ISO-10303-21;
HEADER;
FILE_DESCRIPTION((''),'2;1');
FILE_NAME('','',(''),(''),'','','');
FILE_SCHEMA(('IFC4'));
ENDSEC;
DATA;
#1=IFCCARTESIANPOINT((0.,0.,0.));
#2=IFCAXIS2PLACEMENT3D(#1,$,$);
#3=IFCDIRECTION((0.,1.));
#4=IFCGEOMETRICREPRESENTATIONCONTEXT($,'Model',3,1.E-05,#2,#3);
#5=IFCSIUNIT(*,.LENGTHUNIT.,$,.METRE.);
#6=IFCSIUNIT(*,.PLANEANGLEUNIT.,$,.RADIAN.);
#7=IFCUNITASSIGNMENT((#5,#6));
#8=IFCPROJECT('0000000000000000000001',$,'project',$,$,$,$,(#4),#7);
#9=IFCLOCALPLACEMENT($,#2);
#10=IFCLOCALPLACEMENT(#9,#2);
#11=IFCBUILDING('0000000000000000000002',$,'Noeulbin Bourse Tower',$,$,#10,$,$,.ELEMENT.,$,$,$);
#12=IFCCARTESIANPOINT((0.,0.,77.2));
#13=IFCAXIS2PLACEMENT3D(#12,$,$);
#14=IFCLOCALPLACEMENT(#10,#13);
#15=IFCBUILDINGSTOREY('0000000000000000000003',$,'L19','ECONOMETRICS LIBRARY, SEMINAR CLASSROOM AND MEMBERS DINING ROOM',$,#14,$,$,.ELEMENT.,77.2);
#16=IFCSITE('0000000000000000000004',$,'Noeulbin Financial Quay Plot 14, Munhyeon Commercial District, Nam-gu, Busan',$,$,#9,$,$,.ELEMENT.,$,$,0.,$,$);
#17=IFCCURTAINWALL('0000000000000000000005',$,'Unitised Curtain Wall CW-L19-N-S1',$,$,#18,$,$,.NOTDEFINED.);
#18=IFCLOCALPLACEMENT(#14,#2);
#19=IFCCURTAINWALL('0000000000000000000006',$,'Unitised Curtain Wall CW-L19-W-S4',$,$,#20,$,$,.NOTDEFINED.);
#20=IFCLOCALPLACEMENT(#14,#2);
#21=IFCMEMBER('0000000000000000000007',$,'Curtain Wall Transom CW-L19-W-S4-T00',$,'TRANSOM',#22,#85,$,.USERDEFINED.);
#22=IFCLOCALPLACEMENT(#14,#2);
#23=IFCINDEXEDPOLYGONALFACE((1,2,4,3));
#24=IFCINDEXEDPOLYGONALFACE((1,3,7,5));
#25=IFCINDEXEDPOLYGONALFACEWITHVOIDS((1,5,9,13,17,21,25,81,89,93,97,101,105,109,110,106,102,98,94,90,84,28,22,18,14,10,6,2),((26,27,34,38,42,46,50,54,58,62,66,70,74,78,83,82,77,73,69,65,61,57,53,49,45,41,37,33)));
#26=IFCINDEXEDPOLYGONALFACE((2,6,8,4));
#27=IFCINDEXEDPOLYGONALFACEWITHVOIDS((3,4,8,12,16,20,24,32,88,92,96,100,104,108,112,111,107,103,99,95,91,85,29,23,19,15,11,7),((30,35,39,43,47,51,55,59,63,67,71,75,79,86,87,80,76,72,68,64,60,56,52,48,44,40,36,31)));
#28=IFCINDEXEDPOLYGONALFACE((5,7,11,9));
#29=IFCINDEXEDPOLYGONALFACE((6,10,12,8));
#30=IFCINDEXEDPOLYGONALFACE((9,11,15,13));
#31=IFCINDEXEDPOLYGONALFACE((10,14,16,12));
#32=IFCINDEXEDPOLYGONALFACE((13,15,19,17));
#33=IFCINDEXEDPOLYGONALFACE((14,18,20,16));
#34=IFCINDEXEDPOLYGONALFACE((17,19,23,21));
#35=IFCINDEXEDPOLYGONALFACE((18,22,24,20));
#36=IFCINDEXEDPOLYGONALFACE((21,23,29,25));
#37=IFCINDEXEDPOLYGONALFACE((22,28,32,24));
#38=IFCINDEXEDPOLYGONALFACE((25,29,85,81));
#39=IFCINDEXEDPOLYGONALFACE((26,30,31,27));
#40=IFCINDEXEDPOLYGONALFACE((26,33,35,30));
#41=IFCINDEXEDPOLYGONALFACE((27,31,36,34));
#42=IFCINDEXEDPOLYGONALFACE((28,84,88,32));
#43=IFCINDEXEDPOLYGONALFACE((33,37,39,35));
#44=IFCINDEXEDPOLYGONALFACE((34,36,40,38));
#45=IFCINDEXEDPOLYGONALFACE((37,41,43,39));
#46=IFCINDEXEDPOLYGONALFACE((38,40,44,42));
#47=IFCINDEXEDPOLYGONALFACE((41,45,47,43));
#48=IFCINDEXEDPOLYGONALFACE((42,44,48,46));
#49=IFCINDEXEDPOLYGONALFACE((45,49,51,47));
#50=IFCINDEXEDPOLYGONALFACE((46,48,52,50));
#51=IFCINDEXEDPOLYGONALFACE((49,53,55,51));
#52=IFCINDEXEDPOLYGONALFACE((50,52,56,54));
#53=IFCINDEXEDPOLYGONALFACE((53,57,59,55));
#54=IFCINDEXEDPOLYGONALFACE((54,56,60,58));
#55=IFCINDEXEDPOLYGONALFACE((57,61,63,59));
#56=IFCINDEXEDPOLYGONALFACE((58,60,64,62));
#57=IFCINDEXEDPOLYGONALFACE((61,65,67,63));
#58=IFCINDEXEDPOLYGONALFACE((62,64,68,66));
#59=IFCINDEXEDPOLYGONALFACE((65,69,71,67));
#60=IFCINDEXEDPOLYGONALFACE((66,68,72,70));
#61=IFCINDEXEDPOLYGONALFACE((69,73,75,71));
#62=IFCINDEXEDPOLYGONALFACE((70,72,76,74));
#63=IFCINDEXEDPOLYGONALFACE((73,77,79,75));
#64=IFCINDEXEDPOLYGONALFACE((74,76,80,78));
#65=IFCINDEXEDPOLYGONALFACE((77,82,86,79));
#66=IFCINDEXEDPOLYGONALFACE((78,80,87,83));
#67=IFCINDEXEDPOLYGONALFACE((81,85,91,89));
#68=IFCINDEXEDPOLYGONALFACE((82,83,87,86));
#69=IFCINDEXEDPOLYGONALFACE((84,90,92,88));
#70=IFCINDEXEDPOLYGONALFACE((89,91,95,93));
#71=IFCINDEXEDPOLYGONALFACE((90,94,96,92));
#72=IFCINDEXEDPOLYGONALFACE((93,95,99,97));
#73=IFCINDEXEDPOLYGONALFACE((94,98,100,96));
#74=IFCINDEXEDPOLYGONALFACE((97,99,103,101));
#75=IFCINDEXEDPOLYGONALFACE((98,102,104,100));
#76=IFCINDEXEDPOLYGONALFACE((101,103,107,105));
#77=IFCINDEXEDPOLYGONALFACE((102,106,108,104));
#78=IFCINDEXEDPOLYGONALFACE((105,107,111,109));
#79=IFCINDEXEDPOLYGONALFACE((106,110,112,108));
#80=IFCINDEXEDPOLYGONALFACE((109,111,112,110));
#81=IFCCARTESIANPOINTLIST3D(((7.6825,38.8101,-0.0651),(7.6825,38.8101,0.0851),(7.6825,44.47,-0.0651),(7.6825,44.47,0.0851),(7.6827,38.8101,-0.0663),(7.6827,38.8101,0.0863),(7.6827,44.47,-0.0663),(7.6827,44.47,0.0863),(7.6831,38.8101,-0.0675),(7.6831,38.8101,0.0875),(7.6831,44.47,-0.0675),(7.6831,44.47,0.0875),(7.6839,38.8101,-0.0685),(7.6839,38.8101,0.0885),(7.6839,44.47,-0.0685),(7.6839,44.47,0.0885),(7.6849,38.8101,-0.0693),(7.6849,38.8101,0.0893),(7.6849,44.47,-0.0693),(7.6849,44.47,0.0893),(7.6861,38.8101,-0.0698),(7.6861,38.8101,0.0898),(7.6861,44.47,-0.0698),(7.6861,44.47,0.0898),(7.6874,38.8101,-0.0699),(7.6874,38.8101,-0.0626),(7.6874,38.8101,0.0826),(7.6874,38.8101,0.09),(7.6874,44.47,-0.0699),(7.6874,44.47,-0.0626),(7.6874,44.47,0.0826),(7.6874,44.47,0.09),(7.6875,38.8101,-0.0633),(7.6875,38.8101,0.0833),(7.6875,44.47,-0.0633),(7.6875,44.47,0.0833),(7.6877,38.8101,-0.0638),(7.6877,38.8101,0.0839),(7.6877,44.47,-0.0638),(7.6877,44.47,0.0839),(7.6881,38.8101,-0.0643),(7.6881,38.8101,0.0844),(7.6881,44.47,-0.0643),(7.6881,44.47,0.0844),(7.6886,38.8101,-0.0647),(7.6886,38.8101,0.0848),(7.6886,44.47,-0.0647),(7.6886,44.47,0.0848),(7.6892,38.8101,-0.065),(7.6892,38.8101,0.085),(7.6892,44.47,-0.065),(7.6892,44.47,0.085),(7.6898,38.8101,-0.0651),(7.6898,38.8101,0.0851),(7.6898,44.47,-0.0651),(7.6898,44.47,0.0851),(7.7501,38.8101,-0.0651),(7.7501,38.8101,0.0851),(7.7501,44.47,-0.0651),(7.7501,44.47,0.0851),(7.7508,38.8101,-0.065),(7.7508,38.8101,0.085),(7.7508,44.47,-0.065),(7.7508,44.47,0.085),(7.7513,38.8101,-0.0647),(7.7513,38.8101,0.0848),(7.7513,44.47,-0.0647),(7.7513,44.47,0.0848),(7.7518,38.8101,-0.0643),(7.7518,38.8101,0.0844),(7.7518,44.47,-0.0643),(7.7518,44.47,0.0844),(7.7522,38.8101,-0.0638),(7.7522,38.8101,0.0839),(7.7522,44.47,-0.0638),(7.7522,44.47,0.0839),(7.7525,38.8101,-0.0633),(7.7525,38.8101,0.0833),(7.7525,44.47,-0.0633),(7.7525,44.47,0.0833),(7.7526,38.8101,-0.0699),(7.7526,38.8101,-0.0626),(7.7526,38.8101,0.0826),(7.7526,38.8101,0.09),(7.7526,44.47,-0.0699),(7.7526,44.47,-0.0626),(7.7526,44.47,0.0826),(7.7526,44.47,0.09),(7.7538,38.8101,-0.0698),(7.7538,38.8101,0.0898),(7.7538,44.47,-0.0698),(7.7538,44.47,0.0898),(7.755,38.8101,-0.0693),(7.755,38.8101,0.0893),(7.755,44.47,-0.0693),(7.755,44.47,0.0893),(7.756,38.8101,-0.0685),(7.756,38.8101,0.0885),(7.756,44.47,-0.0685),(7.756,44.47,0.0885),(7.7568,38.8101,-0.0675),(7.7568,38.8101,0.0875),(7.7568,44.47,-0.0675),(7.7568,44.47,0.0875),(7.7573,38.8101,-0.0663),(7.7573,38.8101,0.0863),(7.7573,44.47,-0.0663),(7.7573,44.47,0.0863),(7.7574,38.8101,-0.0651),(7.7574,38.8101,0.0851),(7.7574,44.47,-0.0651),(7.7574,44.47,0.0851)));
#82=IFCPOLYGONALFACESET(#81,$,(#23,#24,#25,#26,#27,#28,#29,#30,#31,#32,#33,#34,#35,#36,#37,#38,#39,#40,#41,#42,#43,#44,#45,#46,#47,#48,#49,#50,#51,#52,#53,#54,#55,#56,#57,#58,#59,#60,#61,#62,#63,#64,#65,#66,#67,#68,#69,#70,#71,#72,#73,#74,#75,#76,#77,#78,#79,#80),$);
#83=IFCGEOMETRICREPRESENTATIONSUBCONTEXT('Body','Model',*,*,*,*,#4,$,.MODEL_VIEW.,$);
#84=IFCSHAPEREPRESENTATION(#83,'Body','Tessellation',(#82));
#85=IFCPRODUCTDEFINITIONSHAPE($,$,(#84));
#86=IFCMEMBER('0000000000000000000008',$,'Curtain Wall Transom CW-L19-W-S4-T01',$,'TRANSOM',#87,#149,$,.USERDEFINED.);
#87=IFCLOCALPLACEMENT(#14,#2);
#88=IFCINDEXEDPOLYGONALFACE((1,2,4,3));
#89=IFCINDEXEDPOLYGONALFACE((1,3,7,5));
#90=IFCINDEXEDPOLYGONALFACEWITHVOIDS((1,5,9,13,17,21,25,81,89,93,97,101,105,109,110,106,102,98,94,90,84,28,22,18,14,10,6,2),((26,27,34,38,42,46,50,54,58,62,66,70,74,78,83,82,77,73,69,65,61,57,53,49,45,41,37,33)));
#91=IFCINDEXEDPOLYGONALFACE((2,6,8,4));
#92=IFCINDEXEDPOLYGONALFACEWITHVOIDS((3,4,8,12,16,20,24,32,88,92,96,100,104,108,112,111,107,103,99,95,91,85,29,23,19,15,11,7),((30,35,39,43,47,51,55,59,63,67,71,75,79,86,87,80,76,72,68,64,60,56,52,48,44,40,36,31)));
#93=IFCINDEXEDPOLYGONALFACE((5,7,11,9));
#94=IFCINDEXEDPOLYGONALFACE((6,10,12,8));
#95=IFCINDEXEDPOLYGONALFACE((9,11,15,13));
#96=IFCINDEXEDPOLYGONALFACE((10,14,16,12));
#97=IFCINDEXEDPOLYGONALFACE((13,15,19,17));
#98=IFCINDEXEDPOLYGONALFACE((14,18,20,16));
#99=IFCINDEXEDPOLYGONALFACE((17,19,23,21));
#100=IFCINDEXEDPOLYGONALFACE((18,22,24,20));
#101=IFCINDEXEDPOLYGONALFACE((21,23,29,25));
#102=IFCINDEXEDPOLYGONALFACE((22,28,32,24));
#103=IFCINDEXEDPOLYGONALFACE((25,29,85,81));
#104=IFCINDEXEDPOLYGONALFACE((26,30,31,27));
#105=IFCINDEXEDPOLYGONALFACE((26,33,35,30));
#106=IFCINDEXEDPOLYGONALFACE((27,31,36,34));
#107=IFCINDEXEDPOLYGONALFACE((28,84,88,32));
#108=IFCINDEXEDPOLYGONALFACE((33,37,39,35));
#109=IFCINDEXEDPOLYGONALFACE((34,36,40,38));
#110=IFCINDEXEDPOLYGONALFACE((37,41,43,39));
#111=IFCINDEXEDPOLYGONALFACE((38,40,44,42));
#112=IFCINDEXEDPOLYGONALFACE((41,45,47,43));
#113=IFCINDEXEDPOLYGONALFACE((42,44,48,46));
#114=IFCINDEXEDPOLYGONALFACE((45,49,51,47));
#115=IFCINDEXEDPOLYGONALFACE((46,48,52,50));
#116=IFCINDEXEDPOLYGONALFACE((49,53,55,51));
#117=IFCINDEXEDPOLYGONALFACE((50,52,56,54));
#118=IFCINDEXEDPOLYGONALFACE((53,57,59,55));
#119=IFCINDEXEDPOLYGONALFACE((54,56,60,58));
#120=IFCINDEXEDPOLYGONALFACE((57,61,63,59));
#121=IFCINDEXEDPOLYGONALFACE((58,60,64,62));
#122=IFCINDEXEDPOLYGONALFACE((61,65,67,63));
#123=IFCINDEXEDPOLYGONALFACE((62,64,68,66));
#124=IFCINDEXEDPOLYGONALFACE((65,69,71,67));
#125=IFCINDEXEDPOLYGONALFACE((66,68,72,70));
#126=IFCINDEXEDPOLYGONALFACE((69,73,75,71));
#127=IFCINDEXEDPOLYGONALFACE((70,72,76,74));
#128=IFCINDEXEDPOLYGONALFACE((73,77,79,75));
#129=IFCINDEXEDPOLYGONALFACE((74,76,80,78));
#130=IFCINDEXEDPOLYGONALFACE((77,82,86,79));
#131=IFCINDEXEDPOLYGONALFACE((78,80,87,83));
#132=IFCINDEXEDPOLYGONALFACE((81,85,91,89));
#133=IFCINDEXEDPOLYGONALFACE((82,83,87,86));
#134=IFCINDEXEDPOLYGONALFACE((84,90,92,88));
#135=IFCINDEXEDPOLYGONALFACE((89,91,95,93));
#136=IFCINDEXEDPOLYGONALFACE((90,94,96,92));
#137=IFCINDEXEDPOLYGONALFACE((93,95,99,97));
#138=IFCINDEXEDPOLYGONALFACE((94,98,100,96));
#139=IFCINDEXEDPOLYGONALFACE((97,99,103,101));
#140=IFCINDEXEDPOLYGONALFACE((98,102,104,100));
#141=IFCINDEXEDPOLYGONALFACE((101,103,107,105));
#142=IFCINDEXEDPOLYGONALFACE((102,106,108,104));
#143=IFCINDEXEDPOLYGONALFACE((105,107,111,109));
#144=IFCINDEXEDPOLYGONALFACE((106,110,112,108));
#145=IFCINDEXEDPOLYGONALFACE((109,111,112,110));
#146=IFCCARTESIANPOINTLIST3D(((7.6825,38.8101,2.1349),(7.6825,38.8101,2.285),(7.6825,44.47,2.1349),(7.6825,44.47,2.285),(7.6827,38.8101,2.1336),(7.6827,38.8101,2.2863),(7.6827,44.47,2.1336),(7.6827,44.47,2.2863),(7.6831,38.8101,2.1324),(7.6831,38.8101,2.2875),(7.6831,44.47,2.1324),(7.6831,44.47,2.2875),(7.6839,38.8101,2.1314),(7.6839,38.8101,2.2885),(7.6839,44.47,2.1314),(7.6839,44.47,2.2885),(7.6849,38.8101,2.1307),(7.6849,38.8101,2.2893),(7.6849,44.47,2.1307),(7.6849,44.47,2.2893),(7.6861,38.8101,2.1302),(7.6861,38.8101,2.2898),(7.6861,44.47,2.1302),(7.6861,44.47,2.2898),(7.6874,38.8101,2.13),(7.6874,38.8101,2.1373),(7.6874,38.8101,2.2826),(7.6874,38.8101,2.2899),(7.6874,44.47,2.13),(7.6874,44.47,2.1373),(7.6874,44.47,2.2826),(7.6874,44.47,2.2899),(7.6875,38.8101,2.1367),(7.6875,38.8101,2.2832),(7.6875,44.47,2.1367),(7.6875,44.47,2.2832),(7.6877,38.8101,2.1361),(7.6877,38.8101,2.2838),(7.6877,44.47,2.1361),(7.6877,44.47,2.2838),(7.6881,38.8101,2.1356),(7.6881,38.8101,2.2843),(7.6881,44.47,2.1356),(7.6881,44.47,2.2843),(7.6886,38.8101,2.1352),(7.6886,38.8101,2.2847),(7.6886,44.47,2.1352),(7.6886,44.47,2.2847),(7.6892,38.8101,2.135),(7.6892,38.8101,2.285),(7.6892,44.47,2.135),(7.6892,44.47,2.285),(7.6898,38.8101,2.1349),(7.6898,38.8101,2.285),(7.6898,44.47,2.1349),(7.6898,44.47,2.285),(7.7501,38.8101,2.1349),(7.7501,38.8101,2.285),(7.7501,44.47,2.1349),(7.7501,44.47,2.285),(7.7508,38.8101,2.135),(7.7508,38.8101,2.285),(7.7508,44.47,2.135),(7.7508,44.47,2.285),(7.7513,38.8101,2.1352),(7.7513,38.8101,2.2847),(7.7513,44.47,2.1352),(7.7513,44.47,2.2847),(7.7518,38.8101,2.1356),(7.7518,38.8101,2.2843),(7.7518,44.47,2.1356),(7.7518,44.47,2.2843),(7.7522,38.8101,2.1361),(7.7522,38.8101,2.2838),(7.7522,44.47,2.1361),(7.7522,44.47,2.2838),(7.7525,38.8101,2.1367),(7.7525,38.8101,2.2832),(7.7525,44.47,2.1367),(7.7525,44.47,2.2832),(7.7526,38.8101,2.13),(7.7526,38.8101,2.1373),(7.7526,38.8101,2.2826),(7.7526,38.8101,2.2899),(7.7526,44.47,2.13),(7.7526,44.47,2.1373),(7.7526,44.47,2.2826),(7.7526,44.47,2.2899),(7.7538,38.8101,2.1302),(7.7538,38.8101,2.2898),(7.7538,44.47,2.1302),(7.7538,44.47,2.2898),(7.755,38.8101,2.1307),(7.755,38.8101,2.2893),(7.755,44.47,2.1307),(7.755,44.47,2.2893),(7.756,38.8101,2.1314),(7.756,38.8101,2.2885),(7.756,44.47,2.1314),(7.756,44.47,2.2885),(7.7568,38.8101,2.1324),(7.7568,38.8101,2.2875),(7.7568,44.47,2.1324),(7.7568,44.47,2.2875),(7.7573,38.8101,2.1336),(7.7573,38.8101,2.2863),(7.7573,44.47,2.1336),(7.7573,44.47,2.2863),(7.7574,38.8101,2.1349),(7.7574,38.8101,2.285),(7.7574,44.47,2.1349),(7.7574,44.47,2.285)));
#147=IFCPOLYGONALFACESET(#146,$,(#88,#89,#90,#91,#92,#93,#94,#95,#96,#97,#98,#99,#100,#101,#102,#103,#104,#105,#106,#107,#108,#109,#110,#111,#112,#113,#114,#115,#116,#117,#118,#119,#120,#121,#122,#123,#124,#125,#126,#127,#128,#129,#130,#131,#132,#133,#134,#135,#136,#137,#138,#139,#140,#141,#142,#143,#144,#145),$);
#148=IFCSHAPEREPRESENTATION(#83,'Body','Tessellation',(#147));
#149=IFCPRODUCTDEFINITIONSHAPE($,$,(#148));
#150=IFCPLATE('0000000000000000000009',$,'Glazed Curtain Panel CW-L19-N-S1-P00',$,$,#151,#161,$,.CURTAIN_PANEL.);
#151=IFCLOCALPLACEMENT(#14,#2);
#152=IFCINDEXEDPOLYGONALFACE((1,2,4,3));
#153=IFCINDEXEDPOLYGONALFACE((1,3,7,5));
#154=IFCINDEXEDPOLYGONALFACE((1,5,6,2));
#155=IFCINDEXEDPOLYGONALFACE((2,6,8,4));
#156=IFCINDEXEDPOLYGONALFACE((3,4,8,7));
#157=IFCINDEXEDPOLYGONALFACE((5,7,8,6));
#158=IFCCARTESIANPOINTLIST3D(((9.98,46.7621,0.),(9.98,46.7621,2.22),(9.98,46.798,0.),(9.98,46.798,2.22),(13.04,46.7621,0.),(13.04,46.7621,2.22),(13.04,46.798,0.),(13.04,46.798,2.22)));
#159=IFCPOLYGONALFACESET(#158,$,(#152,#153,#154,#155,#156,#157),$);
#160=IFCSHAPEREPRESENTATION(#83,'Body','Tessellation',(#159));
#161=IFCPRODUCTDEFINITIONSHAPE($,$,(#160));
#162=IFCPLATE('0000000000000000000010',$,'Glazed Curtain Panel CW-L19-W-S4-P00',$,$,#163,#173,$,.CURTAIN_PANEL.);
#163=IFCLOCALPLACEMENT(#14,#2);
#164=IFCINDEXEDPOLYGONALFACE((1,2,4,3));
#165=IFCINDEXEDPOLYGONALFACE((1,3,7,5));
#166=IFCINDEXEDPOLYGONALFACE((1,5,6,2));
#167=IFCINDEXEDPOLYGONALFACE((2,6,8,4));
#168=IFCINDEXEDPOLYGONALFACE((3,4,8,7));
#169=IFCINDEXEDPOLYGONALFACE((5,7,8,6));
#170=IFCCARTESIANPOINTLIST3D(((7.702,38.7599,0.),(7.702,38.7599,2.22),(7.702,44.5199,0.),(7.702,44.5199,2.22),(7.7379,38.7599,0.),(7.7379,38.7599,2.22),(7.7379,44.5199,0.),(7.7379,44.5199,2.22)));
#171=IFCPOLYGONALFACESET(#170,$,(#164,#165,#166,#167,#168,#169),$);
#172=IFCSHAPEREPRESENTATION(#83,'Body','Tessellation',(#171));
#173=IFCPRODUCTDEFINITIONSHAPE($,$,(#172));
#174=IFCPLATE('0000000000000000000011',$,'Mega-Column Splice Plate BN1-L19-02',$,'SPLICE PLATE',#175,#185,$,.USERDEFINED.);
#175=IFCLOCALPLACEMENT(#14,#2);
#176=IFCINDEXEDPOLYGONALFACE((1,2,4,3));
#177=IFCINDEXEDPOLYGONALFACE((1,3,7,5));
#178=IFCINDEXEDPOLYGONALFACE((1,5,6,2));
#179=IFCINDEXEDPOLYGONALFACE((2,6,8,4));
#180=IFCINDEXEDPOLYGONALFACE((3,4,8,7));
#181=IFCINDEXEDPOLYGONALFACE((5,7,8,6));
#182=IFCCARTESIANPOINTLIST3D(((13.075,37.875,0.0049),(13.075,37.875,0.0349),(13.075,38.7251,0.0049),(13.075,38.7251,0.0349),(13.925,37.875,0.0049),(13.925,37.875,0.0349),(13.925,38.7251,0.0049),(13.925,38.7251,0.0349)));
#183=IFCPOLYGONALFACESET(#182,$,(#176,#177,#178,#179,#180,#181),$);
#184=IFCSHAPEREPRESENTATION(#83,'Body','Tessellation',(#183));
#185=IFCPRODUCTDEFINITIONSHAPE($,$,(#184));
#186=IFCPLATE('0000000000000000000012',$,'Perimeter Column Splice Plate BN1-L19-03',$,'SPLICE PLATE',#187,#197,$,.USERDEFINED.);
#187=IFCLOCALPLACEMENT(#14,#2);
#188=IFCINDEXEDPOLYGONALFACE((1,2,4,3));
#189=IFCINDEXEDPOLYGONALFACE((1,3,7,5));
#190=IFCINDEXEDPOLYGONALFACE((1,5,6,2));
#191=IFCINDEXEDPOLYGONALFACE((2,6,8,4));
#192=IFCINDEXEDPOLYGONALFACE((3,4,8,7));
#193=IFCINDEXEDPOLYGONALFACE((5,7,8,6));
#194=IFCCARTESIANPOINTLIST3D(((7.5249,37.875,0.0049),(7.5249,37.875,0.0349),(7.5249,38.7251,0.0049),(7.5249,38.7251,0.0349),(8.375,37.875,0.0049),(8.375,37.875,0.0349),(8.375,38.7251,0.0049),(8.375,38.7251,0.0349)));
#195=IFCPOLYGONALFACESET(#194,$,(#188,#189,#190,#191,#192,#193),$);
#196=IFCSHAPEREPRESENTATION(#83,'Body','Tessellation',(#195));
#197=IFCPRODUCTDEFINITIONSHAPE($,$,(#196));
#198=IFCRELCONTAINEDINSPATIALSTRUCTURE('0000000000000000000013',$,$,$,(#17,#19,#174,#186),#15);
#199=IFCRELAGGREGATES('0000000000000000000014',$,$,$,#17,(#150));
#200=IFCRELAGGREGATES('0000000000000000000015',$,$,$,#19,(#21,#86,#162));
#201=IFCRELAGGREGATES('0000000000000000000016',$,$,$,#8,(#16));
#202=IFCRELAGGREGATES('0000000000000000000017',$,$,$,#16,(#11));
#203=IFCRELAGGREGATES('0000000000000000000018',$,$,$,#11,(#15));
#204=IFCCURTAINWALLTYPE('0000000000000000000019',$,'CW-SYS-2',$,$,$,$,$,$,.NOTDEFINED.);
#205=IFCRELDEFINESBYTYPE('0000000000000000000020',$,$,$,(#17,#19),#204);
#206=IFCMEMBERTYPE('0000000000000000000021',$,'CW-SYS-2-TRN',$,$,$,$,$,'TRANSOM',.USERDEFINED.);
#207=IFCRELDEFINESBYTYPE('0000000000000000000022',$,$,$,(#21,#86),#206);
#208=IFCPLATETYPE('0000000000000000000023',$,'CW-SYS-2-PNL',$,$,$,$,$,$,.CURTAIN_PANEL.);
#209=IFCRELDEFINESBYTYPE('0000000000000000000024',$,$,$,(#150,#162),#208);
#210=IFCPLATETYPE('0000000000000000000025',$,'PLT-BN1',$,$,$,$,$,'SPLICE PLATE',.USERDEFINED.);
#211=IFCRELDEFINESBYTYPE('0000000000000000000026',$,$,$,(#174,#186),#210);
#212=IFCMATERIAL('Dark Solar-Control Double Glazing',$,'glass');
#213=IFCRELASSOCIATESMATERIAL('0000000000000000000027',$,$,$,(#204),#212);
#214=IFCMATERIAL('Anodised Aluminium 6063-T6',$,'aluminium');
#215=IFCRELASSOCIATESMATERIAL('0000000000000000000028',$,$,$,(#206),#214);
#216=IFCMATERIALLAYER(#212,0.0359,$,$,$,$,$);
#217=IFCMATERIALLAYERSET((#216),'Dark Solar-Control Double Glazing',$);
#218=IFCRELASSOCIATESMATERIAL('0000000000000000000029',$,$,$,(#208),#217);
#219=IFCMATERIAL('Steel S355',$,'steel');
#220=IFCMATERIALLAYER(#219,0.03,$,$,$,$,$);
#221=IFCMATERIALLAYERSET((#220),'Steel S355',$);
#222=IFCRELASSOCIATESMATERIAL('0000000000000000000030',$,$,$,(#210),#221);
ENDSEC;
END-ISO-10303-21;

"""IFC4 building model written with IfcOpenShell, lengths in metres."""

from ifc_helpers import new_model, si_unit, direction, frame, origin, origin_2d, place, context, subcontext, project, spatial, rectangle, hollow_rectangle, extrude, material, layer, layer_set, material_profile, profile_set, type_object, element, aggregate, save


model = new_model("IFC4")

# Units and contexts
model_context = context("Model", 3, precision=1e-05, world=origin(), true_north=direction((0.0, 1.0)))
body_context = subcontext(model_context, "Body", "Model", "MODEL_VIEW")
ifc_project = project(units=[si_unit("LENGTHUNIT", "METRE"), si_unit("PLANEANGLEUNIT", "RADIAN")], contexts=[model_context])

# Site, building, storey
site_placement = place(None, origin())
site = spatial("IfcSite", under=ifc_project, at=site_placement, Name="Noeulbin Financial Quay Plot 14, Munhyeon Commercial District, Nam-gu, Busan", CompositionType="ELEMENT", RefElevation=0.0)
building_placement = place(site_placement, origin())
building = spatial("IfcBuilding", under=site, at=building_placement, Name="Noeulbin Bourse Tower", CompositionType="ELEMENT")
storey_placement = place(building_placement, frame((0.0, 0.0, 77.2)))
storey = spatial("IfcBuildingStorey", under=building, at=storey_placement, Name="L19", Description="ECONOMETRICS LIBRARY, SEMINAR CLASSROOM AND MEMBERS DINING ROOM", CompositionType="ELEMENT", Elevation=77.2)

# Shared definitions
ifc_material_1 = material(Name="Steel S355", Category="steel")

# Curtain wall
ifc_material_2 = material(Name="Dark Solar-Control Double Glazing", Category="glass")
curtain_wall_type = type_object("IfcCurtainWallType", Name="CW-SYS-2", PredefinedType="NOTDEFINED", material=ifc_material_2)
curtain_wall_1_placement = place(storey_placement, origin())
curtain_wall_1 = element("IfcCurtainWall", 1, at=curtain_wall_1_placement, inside=storey, type_object=curtain_wall_type, Name="Unitised Curtain Wall CW-L19-N-S1", PredefinedType="NOTDEFINED")
ifc_material_3 = material(Name="Anodised Aluminium 6063-T6", Category="aluminium")

# Curtain wall
curtain_wall_2_placement = place(storey_placement, origin())
curtain_wall_2 = element("IfcCurtainWall", 2, at=curtain_wall_2_placement, inside=storey, type_object=curtain_wall_type, Name="Unitised Curtain Wall CW-L19-W-S4", PredefinedType="NOTDEFINED")

# Members
ifc_material_profile_1 = material_profile(ifc_material_3, hollow_rectangle(XDim=0.075, YDim=0.1599, WallThickness=0.0049, InnerFilletRadius=0.0024, OuterFilletRadius=0.0049, at=origin_2d()), Name="ALU-TRAN-75x160x5", Category="LoadBearing")
ifc_profile_set_1 = profile_set([ifc_material_profile_1], Name="Anodised Aluminium 6063-T6")
member_type_1 = type_object("IfcMemberType", Name="CW-SYS-2-TRN", ElementType="TRANSOM", PredefinedType="USERDEFINED", material=ifc_profile_set_1)
member_1_placement = place(storey_placement, frame((7.72, 38.8101, 0.01), z_axis=(0.0, 1.0, 0.0), x_axis=(-1.0, 0.0, 0.0)))
member_1 = element("IfcMember", 3, at=member_1_placement, type_object=member_type_1, Name="Curtain Wall Transom CW-L19-W-S4-T00", ObjectType="TRANSOM", PredefinedType="USERDEFINED", context=body_context, shape_type="SweptSolid", body=[
    extrude(hollow_rectangle(XDim=0.075, YDim=0.1599, WallThickness=0.0049, InnerFilletRadius=0.0024, OuterFilletRadius=0.0049, at=origin_2d()), origin(), (0.0, 0.0, 1.0), 5.6599),
])
member_2_placement = place(storey_placement, frame((7.72, 38.8101, 2.21), z_axis=(0.0, 1.0, 0.0), x_axis=(-1.0, 0.0, 0.0)))
member_2 = element("IfcMember", 4, at=member_2_placement, type_object=member_type_1, Name="Curtain Wall Transom CW-L19-W-S4-T01", ObjectType="TRANSOM", PredefinedType="USERDEFINED", context=body_context, shape_type="SweptSolid", body=[
    extrude(hollow_rectangle(XDim=0.075, YDim=0.1599, WallThickness=0.0049, InnerFilletRadius=0.0024, OuterFilletRadius=0.0049, at=origin_2d()), origin(), (0.0, 0.0, 1.0), 5.6599),
])

# Plates
ifc_layer_1 = layer(ifc_material_2, 0.0359)
ifc_layer_set_1 = layer_set([ifc_layer_1], Name="Dark Solar-Control Double Glazing")
plate_type_1 = type_object("IfcPlateType", Name="CW-SYS-2-PNL", PredefinedType="CURTAIN_PANEL", material=ifc_layer_set_1)
plate_1_placement = place(storey_placement, frame((11.51, 46.78, 0.0), z_axis=(0.0, 0.0, 1.0), x_axis=(1.0, 0.0, 0.0)))
plate_1 = element("IfcPlate", 5, at=plate_1_placement, type_object=plate_type_1, Name="Glazed Curtain Panel CW-L19-N-S1-P00", PredefinedType="CURTAIN_PANEL", context=body_context, shape_type="SweptSolid", body=[
    extrude(rectangle(XDim=3.0601, YDim=0.0359, at=origin_2d()), origin(), (0.0, 0.0, 1.0), 2.22),
])
aggregate(curtain_wall_1, [plate_1])
plate_2_placement = place(storey_placement, frame((7.72, 41.6399, 0.0), z_axis=(0.0, 0.0, 1.0), x_axis=(0.0, 1.0, 0.0)))
plate_2 = element("IfcPlate", 6, at=plate_2_placement, type_object=plate_type_1, Name="Glazed Curtain Panel CW-L19-W-S4-P00", PredefinedType="CURTAIN_PANEL", context=body_context, shape_type="SweptSolid", body=[
    extrude(rectangle(XDim=5.76, YDim=0.0359, at=origin_2d()), origin(), (0.0, 0.0, 1.0), 2.22),
])
aggregate(curtain_wall_2, [member_1, member_2, plate_2])

# Plates
ifc_layer_2 = layer(ifc_material_1, 0.03)
ifc_layer_set_2 = layer_set([ifc_layer_2], Name="Steel S355")
plate_type_2 = type_object("IfcPlateType", Name="PLT-BN1", ElementType="SPLICE PLATE", PredefinedType="USERDEFINED", material=ifc_layer_set_2)
for number, where, z_axis, x_axis, name in (
    (7, (13.5, 38.3, 0.0049), (0.0, 0.0, 1.0), (1.0, 0.0, 0.0), "Mega-Column Splice Plate BN1-L19-02"),
    (8, (7.95, 38.3, 0.0049), (0.0, 0.0, 1.0), (1.0, 0.0, 0.0), "Perimeter Column Splice Plate BN1-L19-03"),
):
    element("IfcPlate", number, at=place(storey_placement, frame(where, z_axis=z_axis, x_axis=x_axis)), inside=storey, type_object=plate_type_2, Name=name, ObjectType="SPLICE PLATE", PredefinedType="USERDEFINED", context=body_context, shape_type="SweptSolid", body=[
        extrude(rectangle(XDim=0.8501, YDim=0.8501, at=origin_2d()), origin(), (0.0, 0.0, 1.0), 0.03),
    ])

save(model, "model.ifc")
